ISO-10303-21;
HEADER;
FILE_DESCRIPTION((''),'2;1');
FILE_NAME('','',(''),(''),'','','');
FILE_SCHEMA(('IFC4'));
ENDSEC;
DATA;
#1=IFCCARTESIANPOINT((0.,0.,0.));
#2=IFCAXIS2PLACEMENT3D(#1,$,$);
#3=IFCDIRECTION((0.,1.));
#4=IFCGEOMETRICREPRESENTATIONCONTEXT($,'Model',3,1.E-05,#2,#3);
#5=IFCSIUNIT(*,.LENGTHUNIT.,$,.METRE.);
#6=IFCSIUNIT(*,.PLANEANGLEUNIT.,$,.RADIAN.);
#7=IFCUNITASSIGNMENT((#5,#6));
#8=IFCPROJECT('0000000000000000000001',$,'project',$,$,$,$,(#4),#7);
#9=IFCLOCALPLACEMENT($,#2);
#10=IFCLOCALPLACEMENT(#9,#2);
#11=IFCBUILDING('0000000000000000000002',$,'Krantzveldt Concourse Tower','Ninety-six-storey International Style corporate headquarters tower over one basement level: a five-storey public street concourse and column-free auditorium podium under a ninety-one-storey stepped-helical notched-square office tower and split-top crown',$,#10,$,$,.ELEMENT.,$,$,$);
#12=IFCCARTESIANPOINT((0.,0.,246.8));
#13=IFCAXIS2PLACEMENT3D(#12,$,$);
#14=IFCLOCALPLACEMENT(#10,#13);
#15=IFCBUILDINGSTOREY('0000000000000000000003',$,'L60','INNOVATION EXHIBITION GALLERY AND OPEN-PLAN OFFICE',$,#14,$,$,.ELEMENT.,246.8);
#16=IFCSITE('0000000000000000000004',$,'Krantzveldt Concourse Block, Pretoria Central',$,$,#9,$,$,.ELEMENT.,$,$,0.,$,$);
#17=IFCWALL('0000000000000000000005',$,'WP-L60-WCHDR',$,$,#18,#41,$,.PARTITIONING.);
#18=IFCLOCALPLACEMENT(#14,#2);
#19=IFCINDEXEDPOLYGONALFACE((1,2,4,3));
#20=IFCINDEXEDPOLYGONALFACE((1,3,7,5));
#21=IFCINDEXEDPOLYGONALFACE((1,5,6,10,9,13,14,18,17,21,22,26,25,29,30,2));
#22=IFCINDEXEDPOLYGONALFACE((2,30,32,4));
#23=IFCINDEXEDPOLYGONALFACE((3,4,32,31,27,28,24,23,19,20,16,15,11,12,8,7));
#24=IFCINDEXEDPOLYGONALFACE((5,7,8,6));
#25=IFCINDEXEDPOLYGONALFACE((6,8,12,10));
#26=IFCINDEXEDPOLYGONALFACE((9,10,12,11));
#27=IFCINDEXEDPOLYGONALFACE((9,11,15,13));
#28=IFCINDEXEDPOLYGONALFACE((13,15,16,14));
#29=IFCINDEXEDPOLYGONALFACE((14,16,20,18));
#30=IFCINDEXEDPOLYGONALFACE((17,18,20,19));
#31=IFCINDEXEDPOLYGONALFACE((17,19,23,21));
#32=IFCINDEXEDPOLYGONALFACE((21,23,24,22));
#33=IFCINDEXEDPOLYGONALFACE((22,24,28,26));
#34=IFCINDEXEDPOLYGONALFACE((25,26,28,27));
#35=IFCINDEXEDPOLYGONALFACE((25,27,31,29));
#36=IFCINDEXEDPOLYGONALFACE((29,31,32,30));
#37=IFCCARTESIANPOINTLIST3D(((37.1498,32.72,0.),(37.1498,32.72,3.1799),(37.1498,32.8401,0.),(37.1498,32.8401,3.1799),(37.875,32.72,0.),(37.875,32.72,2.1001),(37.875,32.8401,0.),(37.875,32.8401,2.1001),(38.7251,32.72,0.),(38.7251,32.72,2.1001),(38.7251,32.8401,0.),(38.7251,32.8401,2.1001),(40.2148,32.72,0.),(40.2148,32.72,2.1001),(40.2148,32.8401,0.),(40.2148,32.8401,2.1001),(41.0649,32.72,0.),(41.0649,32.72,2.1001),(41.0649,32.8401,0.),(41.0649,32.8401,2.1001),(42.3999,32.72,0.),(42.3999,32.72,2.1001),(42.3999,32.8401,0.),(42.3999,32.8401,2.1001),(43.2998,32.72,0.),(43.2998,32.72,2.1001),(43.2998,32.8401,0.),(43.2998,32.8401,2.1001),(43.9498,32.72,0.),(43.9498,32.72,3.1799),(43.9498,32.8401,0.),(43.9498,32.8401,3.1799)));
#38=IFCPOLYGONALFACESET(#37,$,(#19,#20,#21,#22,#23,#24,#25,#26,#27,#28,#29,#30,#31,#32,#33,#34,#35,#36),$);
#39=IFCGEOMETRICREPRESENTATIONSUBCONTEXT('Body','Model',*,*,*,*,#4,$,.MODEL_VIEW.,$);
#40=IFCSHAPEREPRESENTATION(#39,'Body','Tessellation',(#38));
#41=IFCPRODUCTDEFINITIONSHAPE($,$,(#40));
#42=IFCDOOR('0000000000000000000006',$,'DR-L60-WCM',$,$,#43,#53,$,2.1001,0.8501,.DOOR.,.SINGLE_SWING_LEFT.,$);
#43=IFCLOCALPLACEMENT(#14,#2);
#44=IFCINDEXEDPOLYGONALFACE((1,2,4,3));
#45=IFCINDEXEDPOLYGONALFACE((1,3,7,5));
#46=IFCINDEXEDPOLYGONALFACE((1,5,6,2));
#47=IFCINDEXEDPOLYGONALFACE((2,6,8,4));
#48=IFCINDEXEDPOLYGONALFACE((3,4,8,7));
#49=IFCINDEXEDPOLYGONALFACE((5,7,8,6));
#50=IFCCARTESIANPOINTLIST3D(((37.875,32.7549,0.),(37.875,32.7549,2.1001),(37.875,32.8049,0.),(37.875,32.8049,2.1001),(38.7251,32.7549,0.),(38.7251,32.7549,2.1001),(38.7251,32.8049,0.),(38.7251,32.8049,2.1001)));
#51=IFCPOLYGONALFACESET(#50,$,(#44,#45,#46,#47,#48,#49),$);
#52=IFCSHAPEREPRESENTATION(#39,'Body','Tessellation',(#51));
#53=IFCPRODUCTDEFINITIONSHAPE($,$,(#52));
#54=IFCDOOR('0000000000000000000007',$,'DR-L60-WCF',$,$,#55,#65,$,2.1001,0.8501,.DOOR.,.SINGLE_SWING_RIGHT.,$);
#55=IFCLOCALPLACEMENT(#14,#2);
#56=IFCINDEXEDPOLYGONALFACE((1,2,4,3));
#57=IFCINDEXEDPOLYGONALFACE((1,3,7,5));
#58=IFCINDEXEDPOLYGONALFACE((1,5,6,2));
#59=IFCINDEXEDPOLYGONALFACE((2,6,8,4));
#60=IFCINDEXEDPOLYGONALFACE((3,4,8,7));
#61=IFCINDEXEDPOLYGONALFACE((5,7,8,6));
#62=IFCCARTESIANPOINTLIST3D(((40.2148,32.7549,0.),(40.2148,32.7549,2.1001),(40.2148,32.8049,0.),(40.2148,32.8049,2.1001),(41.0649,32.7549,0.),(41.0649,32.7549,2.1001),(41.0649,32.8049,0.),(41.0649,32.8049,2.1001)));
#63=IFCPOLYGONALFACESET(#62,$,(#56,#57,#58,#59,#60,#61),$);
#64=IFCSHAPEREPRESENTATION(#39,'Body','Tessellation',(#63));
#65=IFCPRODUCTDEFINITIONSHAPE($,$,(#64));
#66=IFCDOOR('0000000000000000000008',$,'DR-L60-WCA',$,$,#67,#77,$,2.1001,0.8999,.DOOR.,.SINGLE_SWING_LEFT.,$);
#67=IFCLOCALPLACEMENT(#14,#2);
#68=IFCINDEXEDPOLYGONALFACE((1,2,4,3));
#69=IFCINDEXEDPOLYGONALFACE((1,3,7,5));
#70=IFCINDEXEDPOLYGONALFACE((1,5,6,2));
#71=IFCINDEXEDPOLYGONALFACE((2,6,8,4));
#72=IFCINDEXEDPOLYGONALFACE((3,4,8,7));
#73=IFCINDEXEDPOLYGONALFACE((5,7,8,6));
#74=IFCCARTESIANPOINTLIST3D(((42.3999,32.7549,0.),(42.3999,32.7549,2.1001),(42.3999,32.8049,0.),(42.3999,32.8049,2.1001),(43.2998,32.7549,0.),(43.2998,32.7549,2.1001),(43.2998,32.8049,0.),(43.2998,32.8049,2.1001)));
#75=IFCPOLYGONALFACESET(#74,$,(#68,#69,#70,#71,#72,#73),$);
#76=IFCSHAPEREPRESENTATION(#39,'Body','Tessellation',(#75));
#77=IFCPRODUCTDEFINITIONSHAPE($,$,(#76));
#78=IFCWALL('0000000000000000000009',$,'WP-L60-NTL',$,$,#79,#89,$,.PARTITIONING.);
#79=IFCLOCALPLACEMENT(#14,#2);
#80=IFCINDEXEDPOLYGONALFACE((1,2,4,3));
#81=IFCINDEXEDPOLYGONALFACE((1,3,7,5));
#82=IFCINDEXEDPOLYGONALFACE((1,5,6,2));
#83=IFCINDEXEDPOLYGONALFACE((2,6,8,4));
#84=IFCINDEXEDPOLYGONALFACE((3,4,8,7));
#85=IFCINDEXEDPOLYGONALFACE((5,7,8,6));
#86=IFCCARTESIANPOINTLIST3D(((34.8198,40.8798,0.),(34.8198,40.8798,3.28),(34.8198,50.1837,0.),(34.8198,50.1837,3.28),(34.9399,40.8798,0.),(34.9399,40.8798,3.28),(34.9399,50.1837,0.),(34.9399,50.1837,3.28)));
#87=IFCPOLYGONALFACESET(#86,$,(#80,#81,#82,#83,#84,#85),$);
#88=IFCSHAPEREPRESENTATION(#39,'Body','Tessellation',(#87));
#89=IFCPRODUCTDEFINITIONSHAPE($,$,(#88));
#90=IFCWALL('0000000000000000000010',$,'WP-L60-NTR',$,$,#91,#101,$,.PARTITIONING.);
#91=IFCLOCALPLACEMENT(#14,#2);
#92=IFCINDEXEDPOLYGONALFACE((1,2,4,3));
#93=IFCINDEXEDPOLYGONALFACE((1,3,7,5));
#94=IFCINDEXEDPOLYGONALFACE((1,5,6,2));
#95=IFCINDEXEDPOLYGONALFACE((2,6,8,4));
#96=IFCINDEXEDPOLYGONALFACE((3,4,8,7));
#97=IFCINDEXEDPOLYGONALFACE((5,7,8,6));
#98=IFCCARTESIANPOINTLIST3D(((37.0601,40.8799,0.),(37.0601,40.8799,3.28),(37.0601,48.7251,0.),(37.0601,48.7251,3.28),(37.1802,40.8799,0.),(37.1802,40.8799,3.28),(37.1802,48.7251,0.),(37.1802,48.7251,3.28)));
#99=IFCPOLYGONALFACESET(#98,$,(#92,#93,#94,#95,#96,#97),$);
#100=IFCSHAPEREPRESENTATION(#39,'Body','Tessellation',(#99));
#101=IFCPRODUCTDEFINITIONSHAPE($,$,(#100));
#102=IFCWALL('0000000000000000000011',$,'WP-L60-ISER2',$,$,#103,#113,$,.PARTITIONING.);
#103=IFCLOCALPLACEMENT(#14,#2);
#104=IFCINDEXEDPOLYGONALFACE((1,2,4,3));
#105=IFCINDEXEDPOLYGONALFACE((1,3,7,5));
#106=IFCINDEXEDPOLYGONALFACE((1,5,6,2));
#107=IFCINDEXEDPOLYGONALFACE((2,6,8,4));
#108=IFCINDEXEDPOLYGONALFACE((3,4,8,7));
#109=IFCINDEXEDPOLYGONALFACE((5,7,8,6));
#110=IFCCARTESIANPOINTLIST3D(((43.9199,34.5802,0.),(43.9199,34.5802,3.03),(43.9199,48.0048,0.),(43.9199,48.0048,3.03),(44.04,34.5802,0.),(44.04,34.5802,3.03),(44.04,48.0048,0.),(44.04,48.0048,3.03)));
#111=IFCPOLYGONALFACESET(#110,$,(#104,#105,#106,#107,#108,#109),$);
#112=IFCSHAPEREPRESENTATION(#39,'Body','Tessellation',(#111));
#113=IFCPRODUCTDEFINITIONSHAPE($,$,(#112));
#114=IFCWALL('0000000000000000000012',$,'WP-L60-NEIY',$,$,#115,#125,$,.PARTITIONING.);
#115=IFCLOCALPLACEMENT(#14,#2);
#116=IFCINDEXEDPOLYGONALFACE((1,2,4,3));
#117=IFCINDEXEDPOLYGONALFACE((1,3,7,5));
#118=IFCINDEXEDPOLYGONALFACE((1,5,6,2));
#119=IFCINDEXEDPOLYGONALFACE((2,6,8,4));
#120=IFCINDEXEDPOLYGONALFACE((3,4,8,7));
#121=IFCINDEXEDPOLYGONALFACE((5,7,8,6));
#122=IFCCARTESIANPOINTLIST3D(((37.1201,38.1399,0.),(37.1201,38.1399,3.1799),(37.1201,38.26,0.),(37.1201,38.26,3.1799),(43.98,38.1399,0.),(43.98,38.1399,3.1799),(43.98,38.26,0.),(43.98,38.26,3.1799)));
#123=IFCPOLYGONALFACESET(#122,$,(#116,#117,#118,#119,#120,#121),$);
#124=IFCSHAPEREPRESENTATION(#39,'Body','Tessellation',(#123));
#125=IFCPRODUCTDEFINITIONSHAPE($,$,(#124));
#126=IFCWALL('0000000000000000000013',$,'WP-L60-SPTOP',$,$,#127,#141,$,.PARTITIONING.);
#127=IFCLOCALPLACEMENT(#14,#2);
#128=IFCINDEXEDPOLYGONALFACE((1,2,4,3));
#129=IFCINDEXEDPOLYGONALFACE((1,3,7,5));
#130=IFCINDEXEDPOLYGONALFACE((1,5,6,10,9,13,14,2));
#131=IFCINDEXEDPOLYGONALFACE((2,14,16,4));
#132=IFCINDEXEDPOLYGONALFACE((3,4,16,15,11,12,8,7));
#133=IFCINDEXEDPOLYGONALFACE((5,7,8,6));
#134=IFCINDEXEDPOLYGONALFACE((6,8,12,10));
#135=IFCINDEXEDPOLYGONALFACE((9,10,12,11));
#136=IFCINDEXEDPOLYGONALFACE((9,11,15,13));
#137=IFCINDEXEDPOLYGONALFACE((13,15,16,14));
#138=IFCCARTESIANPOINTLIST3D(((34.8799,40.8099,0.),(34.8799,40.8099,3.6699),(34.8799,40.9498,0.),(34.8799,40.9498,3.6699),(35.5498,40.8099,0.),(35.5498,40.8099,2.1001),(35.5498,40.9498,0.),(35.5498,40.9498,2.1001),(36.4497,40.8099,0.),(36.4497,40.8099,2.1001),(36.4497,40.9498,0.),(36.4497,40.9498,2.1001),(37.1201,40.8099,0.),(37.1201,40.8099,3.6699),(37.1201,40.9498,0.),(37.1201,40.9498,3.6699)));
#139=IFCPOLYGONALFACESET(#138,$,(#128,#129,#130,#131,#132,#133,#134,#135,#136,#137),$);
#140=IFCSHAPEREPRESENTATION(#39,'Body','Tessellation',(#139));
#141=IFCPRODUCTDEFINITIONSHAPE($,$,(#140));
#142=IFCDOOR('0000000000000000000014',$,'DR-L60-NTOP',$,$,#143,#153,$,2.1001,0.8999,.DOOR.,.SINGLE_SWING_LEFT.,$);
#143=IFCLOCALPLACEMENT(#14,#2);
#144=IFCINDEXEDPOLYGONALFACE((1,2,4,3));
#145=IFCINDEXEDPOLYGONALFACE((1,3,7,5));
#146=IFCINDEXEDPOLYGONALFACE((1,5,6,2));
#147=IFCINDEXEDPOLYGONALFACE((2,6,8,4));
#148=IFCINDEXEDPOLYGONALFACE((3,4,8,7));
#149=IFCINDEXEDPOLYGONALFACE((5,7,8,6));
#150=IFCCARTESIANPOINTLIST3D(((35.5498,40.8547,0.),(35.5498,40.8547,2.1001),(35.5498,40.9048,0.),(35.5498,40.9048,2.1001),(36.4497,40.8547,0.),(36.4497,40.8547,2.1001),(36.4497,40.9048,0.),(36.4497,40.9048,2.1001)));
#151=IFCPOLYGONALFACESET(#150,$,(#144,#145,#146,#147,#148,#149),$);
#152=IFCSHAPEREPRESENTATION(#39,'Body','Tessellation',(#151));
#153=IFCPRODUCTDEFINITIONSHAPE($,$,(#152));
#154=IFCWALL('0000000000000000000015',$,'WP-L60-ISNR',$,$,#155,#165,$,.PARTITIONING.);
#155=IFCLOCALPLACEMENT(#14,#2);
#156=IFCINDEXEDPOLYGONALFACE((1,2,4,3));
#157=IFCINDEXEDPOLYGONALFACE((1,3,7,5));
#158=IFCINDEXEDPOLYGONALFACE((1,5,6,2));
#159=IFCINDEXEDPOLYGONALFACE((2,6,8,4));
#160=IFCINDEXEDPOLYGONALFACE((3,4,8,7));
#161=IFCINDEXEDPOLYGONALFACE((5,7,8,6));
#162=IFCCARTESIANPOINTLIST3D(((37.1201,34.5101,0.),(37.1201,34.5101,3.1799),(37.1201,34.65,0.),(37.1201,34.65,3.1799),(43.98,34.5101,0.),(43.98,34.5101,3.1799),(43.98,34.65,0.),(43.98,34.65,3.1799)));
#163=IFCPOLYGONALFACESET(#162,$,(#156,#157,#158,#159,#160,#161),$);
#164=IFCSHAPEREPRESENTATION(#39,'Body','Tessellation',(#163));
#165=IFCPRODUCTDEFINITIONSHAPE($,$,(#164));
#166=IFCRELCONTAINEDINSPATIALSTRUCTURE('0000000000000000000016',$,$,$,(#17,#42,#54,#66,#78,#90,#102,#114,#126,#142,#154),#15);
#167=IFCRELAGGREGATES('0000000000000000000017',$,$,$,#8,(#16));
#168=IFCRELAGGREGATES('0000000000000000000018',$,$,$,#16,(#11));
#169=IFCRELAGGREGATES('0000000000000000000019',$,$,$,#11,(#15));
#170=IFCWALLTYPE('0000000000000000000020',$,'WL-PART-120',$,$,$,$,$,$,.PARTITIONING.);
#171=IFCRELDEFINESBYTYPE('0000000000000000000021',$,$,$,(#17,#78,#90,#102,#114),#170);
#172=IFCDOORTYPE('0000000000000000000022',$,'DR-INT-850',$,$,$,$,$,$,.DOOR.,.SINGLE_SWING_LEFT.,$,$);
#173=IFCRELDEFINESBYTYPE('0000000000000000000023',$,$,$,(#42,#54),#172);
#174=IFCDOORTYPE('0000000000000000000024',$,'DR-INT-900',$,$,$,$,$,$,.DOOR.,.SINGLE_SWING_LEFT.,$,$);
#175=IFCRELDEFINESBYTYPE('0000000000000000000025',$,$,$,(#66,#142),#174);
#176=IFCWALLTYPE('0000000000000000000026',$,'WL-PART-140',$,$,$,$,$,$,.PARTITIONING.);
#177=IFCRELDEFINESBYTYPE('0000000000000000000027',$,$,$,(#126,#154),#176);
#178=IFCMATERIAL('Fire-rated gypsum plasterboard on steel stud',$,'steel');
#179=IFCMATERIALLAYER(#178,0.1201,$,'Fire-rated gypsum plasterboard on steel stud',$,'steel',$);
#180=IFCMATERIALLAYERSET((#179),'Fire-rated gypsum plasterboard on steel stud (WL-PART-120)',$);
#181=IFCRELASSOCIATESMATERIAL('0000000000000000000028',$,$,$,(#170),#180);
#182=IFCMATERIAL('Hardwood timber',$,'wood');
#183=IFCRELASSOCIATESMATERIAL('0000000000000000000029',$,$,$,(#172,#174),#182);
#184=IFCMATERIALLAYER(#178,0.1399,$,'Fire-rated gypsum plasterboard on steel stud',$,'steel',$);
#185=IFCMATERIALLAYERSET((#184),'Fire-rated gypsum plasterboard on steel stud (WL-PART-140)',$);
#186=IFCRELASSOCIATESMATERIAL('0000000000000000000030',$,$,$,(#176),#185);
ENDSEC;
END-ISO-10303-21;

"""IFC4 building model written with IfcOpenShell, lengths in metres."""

from ifc_helpers import new_model, si_unit, direction, frame, frame_2d, origin, place, context, subcontext, project, spatial, rectangle, extrude, material, layer, layer_set, type_object, element, fill, save


model = new_model("IFC4")

# Units and contexts
model_context = context("Model", 3, precision=1e-05, world=origin(), true_north=direction((0.0, 1.0)))
body_context = subcontext(model_context, "Body", "Model", "MODEL_VIEW")
ifc_project = project(units=[si_unit("LENGTHUNIT", "METRE"), si_unit("PLANEANGLEUNIT", "RADIAN")], contexts=[model_context])

# Site, building, storey
site_placement = place(None, origin())
site = spatial("IfcSite", under=ifc_project, at=site_placement, Name="Krantzveldt Concourse Block, Pretoria Central", CompositionType="ELEMENT", RefElevation=0.0)
building_placement = place(site_placement, origin())
building = spatial("IfcBuilding", under=site, at=building_placement, Name="Krantzveldt Concourse Tower", Description="Ninety-six-storey International Style corporate headquarters tower over one basement level: a five-storey public street concourse and column-free auditorium podium under a ninety-one-storey stepped-helical notched-square office tower and split-top crown", CompositionType="ELEMENT")
storey_placement = place(building_placement, frame((0.0, 0.0, 246.8)))
storey = spatial("IfcBuildingStorey", under=building, at=storey_placement, Name="L60", Description="INNOVATION EXHIBITION GALLERY AND OPEN-PLAN OFFICE", CompositionType="ELEMENT", Elevation=246.8)

# Wall, openings, doors
ifc_material_1 = material(Name="Fire-rated gypsum plasterboard on steel stud", Category="steel")
ifc_layer_1 = layer(ifc_material_1, 0.1201, Name="Fire-rated gypsum plasterboard on steel stud", Category="steel")
ifc_layer_set_1 = layer_set([ifc_layer_1], Name="Fire-rated gypsum plasterboard on steel stud (WL-PART-120)")
wall_type_1 = type_object("IfcWallType", Name="WL-PART-120", PredefinedType="PARTITIONING", material=ifc_layer_set_1)
wall_1_placement = place(storey_placement, frame((37.1499, 32.78, 0.0), z_axis=(0.0, 0.0, 1.0), x_axis=(1.0, 0.0, 0.0)))
wall_1 = element("IfcWall", 1, at=wall_1_placement, inside=storey, type_object=wall_type_1, Name="WP-L60-WCHDR", PredefinedType="PARTITIONING", context=body_context, shape_type="SweptSolid", body=[
    extrude(rectangle(XDim=6.8, YDim=0.1201, at=frame_2d((3.3999, 0.0))), origin(), (0.0, 0.0, 1.0), 3.1799),
])
opening_1_placement = place(wall_1_placement, frame((0.7251, 0.0, 0.0)))
opening_1 = element("IfcOpeningElement", 2, at=opening_1_placement, cuts=wall_1, PredefinedType="OPENING", context=body_context, shape_type="SweptSolid", body=[
    extrude(rectangle(XDim=0.8501, YDim=2.1001, at=frame_2d((0.425, 1.05))), frame((0.0, 0.0701, 0.0), z_axis=(0.0, -1.0, 0.0), x_axis=(1.0, 0.0, 0.0)), (0.0, 0.0, 1.0), 0.1401),
])
opening_2_placement = place(wall_1_placement, frame((3.0649, 0.0, 0.0)))
opening_2 = element("IfcOpeningElement", 3, at=opening_2_placement, cuts=wall_1, PredefinedType="OPENING", context=body_context, shape_type="SweptSolid", body=[
    extrude(rectangle(XDim=0.8501, YDim=2.1001, at=frame_2d((0.425, 1.05))), frame((0.0, 0.0701, 0.0), z_axis=(0.0, -1.0, 0.0), x_axis=(1.0, 0.0, 0.0)), (0.0, 0.0, 1.0), 0.1401),
])
opening_3_placement = place(wall_1_placement, frame((5.25, 0.0, 0.0)))
opening_3 = element("IfcOpeningElement", 4, at=opening_3_placement, cuts=wall_1, PredefinedType="OPENING", context=body_context, shape_type="SweptSolid", body=[
    extrude(rectangle(XDim=0.8999, YDim=2.1001, at=frame_2d((0.45, 1.05))), frame((0.0, 0.0701, 0.0), z_axis=(0.0, -1.0, 0.0), x_axis=(1.0, 0.0, 0.0)), (0.0, 0.0, 1.0), 0.1401),
])
ifc_material_2 = material(Name="Hardwood timber", Category="wood")
door_type_1 = type_object("IfcDoorType", Name="DR-INT-850", OperationType="SINGLE_SWING_LEFT", PredefinedType="DOOR", material=ifc_material_2)
door_1_placement = place(opening_1_placement, origin())
door_1 = element("IfcDoor", 5, at=door_1_placement, inside=storey, type_object=door_type_1, Name="DR-L60-WCM", OperationType="SINGLE_SWING_LEFT", OverallHeight=2.1001, OverallWidth=0.8501, PredefinedType="DOOR", context=body_context, shape_type="SweptSolid", body=[
    extrude(rectangle(XDim=0.8501, YDim=2.1001, at=frame_2d((0.425, 1.05))), frame((0.0, 0.0249, 0.0), z_axis=(0.0, -1.0, 0.0), x_axis=(1.0, 0.0, 0.0)), (0.0, 0.0, 1.0), 0.05),
])
fill(opening_1, door_1)
door_2_placement = place(opening_2_placement, origin())
door_2 = element("IfcDoor", 6, at=door_2_placement, inside=storey, type_object=door_type_1, Name="DR-L60-WCF", OperationType="SINGLE_SWING_RIGHT", OverallHeight=2.1001, OverallWidth=0.8501, PredefinedType="DOOR", context=body_context, shape_type="SweptSolid", body=[
    extrude(rectangle(XDim=0.8501, YDim=2.1001, at=frame_2d((0.425, 1.05))), frame((0.0, 0.0249, 0.0), z_axis=(0.0, -1.0, 0.0), x_axis=(1.0, 0.0, 0.0)), (0.0, 0.0, 1.0), 0.05),
])
fill(opening_2, door_2)
door_type_2 = type_object("IfcDoorType", Name="DR-INT-900", OperationType="SINGLE_SWING_LEFT", PredefinedType="DOOR", material=ifc_material_2)
door_3_placement = place(opening_3_placement, origin())
door_3 = element("IfcDoor", 7, at=door_3_placement, inside=storey, type_object=door_type_2, Name="DR-L60-WCA", OperationType="SINGLE_SWING_LEFT", OverallHeight=2.1001, OverallWidth=0.8999, PredefinedType="DOOR", context=body_context, shape_type="SweptSolid", body=[
    extrude(rectangle(XDim=0.8999, YDim=2.1001, at=frame_2d((0.45, 1.05))), frame((0.0, 0.0249, 0.0), z_axis=(0.0, -1.0, 0.0), x_axis=(1.0, 0.0, 0.0)), (0.0, 0.0, 1.0), 0.05),
])
fill(opening_3, door_3)

# Walls
wall_2_placement = place(storey_placement, frame((34.8799, 40.8799, 0.0), z_axis=(0.0, 0.0, 1.0), x_axis=(0.0, 1.0, 0.0)))
element("IfcWall", 8, at=wall_2_placement, inside=storey, type_object=wall_type_1, Name="WP-L60-NTL", PredefinedType="PARTITIONING", context=body_context, shape_type="SweptSolid", body=[
    extrude(rectangle(XDim=9.304, YDim=0.1201, at=frame_2d((4.6519, 0.0))), origin(), (0.0, 0.0, 1.0), 3.28),
])
wall_3_placement = place(storey_placement, frame((37.1201, 40.8799, 0.0), z_axis=(0.0, 0.0, 1.0), x_axis=(0.0, 1.0, 0.0)))
element("IfcWall", 9, at=wall_3_placement, inside=storey, type_object=wall_type_1, Name="WP-L60-NTR", PredefinedType="PARTITIONING", context=body_context, shape_type="SweptSolid", body=[
    extrude(rectangle(XDim=7.8452, YDim=0.1201, at=frame_2d((3.9226, 0.0))), origin(), (0.0, 0.0, 1.0), 3.28),
])
wall_4_placement = place(storey_placement, frame((43.98, 34.5801, 0.0), z_axis=(0.0, 0.0, 1.0), x_axis=(0.0, 1.0, 0.0)))
element("IfcWall", 10, at=wall_4_placement, inside=storey, type_object=wall_type_1, Name="WP-L60-ISER2", PredefinedType="PARTITIONING", context=body_context, shape_type="SweptSolid", body=[
    extrude(rectangle(XDim=13.4246, YDim=0.1201, at=frame_2d((6.7124, 0.0))), origin(), (0.0, 0.0, 1.0), 3.03),
])
wall_5_placement = place(storey_placement, frame((37.1201, 38.2, 0.0), z_axis=(0.0, 0.0, 1.0), x_axis=(1.0, 0.0, 0.0)))
element("IfcWall", 11, at=wall_5_placement, inside=storey, type_object=wall_type_1, Name="WP-L60-NEIY", PredefinedType="PARTITIONING", context=body_context, shape_type="SweptSolid", body=[
    extrude(rectangle(XDim=6.8599, YDim=0.1201, at=frame_2d((3.4299, 0.0))), origin(), (0.0, 0.0, 1.0), 3.1799),
])

# Wall, opening, door
ifc_layer_2 = layer(ifc_material_1, 0.1399, Name="Fire-rated gypsum plasterboard on steel stud", Category="steel")
ifc_layer_set_2 = layer_set([ifc_layer_2], Name="Fire-rated gypsum plasterboard on steel stud (WL-PART-140)")
wall_type_2 = type_object("IfcWallType", Name="WL-PART-140", PredefinedType="PARTITIONING", material=ifc_layer_set_2)
wall_6_placement = place(storey_placement, frame((34.8799, 40.8799, 0.0), z_axis=(0.0, 0.0, 1.0), x_axis=(1.0, 0.0, 0.0)))
wall_6 = element("IfcWall", 12, at=wall_6_placement, inside=storey, type_object=wall_type_2, Name="WP-L60-SPTOP", PredefinedType="PARTITIONING", context=body_context, shape_type="SweptSolid", body=[
    extrude(rectangle(XDim=2.2402, YDim=0.1399, at=frame_2d((1.1201, 0.0))), origin(), (0.0, 0.0, 1.0), 3.6699),
])
opening_4_placement = place(wall_6_placement, frame((0.6699, 0.0, 0.0)))
opening_4 = element("IfcOpeningElement", 13, at=opening_4_placement, cuts=wall_6, PredefinedType="OPENING", context=body_context, shape_type="SweptSolid", body=[
    extrude(rectangle(XDim=0.8999, YDim=2.1001, at=frame_2d((0.45, 1.05))), frame((0.0, 0.0801, 0.0), z_axis=(0.0, -1.0, 0.0), x_axis=(1.0, 0.0, 0.0)), (0.0, 0.0, 1.0), 0.1599),
])
door_4_placement = place(opening_4_placement, origin())
door_4 = element("IfcDoor", 14, at=door_4_placement, inside=storey, type_object=door_type_2, Name="DR-L60-NTOP", OperationType="SINGLE_SWING_LEFT", OverallHeight=2.1001, OverallWidth=0.8999, PredefinedType="DOOR", context=body_context, shape_type="SweptSolid", body=[
    extrude(rectangle(XDim=0.8999, YDim=2.1001, at=frame_2d((0.45, 1.05))), frame((0.0, 0.0249, 0.0), z_axis=(0.0, -1.0, 0.0), x_axis=(1.0, 0.0, 0.0)), (0.0, 0.0, 1.0), 0.05),
])
fill(opening_4, door_4)

# Wall
wall_7_placement = place(storey_placement, frame((37.1201, 34.5801, 0.0), z_axis=(0.0, 0.0, 1.0), x_axis=(1.0, 0.0, 0.0)))
element("IfcWall", 15, at=wall_7_placement, inside=storey, type_object=wall_type_2, Name="WP-L60-ISNR", PredefinedType="PARTITIONING", context=body_context, shape_type="SweptSolid", body=[
    extrude(rectangle(XDim=6.8599, YDim=0.1399, at=frame_2d((3.4299, 0.0))), origin(), (0.0, 0.0, 1.0), 3.1799),
])

save(model, "model.ifc")
